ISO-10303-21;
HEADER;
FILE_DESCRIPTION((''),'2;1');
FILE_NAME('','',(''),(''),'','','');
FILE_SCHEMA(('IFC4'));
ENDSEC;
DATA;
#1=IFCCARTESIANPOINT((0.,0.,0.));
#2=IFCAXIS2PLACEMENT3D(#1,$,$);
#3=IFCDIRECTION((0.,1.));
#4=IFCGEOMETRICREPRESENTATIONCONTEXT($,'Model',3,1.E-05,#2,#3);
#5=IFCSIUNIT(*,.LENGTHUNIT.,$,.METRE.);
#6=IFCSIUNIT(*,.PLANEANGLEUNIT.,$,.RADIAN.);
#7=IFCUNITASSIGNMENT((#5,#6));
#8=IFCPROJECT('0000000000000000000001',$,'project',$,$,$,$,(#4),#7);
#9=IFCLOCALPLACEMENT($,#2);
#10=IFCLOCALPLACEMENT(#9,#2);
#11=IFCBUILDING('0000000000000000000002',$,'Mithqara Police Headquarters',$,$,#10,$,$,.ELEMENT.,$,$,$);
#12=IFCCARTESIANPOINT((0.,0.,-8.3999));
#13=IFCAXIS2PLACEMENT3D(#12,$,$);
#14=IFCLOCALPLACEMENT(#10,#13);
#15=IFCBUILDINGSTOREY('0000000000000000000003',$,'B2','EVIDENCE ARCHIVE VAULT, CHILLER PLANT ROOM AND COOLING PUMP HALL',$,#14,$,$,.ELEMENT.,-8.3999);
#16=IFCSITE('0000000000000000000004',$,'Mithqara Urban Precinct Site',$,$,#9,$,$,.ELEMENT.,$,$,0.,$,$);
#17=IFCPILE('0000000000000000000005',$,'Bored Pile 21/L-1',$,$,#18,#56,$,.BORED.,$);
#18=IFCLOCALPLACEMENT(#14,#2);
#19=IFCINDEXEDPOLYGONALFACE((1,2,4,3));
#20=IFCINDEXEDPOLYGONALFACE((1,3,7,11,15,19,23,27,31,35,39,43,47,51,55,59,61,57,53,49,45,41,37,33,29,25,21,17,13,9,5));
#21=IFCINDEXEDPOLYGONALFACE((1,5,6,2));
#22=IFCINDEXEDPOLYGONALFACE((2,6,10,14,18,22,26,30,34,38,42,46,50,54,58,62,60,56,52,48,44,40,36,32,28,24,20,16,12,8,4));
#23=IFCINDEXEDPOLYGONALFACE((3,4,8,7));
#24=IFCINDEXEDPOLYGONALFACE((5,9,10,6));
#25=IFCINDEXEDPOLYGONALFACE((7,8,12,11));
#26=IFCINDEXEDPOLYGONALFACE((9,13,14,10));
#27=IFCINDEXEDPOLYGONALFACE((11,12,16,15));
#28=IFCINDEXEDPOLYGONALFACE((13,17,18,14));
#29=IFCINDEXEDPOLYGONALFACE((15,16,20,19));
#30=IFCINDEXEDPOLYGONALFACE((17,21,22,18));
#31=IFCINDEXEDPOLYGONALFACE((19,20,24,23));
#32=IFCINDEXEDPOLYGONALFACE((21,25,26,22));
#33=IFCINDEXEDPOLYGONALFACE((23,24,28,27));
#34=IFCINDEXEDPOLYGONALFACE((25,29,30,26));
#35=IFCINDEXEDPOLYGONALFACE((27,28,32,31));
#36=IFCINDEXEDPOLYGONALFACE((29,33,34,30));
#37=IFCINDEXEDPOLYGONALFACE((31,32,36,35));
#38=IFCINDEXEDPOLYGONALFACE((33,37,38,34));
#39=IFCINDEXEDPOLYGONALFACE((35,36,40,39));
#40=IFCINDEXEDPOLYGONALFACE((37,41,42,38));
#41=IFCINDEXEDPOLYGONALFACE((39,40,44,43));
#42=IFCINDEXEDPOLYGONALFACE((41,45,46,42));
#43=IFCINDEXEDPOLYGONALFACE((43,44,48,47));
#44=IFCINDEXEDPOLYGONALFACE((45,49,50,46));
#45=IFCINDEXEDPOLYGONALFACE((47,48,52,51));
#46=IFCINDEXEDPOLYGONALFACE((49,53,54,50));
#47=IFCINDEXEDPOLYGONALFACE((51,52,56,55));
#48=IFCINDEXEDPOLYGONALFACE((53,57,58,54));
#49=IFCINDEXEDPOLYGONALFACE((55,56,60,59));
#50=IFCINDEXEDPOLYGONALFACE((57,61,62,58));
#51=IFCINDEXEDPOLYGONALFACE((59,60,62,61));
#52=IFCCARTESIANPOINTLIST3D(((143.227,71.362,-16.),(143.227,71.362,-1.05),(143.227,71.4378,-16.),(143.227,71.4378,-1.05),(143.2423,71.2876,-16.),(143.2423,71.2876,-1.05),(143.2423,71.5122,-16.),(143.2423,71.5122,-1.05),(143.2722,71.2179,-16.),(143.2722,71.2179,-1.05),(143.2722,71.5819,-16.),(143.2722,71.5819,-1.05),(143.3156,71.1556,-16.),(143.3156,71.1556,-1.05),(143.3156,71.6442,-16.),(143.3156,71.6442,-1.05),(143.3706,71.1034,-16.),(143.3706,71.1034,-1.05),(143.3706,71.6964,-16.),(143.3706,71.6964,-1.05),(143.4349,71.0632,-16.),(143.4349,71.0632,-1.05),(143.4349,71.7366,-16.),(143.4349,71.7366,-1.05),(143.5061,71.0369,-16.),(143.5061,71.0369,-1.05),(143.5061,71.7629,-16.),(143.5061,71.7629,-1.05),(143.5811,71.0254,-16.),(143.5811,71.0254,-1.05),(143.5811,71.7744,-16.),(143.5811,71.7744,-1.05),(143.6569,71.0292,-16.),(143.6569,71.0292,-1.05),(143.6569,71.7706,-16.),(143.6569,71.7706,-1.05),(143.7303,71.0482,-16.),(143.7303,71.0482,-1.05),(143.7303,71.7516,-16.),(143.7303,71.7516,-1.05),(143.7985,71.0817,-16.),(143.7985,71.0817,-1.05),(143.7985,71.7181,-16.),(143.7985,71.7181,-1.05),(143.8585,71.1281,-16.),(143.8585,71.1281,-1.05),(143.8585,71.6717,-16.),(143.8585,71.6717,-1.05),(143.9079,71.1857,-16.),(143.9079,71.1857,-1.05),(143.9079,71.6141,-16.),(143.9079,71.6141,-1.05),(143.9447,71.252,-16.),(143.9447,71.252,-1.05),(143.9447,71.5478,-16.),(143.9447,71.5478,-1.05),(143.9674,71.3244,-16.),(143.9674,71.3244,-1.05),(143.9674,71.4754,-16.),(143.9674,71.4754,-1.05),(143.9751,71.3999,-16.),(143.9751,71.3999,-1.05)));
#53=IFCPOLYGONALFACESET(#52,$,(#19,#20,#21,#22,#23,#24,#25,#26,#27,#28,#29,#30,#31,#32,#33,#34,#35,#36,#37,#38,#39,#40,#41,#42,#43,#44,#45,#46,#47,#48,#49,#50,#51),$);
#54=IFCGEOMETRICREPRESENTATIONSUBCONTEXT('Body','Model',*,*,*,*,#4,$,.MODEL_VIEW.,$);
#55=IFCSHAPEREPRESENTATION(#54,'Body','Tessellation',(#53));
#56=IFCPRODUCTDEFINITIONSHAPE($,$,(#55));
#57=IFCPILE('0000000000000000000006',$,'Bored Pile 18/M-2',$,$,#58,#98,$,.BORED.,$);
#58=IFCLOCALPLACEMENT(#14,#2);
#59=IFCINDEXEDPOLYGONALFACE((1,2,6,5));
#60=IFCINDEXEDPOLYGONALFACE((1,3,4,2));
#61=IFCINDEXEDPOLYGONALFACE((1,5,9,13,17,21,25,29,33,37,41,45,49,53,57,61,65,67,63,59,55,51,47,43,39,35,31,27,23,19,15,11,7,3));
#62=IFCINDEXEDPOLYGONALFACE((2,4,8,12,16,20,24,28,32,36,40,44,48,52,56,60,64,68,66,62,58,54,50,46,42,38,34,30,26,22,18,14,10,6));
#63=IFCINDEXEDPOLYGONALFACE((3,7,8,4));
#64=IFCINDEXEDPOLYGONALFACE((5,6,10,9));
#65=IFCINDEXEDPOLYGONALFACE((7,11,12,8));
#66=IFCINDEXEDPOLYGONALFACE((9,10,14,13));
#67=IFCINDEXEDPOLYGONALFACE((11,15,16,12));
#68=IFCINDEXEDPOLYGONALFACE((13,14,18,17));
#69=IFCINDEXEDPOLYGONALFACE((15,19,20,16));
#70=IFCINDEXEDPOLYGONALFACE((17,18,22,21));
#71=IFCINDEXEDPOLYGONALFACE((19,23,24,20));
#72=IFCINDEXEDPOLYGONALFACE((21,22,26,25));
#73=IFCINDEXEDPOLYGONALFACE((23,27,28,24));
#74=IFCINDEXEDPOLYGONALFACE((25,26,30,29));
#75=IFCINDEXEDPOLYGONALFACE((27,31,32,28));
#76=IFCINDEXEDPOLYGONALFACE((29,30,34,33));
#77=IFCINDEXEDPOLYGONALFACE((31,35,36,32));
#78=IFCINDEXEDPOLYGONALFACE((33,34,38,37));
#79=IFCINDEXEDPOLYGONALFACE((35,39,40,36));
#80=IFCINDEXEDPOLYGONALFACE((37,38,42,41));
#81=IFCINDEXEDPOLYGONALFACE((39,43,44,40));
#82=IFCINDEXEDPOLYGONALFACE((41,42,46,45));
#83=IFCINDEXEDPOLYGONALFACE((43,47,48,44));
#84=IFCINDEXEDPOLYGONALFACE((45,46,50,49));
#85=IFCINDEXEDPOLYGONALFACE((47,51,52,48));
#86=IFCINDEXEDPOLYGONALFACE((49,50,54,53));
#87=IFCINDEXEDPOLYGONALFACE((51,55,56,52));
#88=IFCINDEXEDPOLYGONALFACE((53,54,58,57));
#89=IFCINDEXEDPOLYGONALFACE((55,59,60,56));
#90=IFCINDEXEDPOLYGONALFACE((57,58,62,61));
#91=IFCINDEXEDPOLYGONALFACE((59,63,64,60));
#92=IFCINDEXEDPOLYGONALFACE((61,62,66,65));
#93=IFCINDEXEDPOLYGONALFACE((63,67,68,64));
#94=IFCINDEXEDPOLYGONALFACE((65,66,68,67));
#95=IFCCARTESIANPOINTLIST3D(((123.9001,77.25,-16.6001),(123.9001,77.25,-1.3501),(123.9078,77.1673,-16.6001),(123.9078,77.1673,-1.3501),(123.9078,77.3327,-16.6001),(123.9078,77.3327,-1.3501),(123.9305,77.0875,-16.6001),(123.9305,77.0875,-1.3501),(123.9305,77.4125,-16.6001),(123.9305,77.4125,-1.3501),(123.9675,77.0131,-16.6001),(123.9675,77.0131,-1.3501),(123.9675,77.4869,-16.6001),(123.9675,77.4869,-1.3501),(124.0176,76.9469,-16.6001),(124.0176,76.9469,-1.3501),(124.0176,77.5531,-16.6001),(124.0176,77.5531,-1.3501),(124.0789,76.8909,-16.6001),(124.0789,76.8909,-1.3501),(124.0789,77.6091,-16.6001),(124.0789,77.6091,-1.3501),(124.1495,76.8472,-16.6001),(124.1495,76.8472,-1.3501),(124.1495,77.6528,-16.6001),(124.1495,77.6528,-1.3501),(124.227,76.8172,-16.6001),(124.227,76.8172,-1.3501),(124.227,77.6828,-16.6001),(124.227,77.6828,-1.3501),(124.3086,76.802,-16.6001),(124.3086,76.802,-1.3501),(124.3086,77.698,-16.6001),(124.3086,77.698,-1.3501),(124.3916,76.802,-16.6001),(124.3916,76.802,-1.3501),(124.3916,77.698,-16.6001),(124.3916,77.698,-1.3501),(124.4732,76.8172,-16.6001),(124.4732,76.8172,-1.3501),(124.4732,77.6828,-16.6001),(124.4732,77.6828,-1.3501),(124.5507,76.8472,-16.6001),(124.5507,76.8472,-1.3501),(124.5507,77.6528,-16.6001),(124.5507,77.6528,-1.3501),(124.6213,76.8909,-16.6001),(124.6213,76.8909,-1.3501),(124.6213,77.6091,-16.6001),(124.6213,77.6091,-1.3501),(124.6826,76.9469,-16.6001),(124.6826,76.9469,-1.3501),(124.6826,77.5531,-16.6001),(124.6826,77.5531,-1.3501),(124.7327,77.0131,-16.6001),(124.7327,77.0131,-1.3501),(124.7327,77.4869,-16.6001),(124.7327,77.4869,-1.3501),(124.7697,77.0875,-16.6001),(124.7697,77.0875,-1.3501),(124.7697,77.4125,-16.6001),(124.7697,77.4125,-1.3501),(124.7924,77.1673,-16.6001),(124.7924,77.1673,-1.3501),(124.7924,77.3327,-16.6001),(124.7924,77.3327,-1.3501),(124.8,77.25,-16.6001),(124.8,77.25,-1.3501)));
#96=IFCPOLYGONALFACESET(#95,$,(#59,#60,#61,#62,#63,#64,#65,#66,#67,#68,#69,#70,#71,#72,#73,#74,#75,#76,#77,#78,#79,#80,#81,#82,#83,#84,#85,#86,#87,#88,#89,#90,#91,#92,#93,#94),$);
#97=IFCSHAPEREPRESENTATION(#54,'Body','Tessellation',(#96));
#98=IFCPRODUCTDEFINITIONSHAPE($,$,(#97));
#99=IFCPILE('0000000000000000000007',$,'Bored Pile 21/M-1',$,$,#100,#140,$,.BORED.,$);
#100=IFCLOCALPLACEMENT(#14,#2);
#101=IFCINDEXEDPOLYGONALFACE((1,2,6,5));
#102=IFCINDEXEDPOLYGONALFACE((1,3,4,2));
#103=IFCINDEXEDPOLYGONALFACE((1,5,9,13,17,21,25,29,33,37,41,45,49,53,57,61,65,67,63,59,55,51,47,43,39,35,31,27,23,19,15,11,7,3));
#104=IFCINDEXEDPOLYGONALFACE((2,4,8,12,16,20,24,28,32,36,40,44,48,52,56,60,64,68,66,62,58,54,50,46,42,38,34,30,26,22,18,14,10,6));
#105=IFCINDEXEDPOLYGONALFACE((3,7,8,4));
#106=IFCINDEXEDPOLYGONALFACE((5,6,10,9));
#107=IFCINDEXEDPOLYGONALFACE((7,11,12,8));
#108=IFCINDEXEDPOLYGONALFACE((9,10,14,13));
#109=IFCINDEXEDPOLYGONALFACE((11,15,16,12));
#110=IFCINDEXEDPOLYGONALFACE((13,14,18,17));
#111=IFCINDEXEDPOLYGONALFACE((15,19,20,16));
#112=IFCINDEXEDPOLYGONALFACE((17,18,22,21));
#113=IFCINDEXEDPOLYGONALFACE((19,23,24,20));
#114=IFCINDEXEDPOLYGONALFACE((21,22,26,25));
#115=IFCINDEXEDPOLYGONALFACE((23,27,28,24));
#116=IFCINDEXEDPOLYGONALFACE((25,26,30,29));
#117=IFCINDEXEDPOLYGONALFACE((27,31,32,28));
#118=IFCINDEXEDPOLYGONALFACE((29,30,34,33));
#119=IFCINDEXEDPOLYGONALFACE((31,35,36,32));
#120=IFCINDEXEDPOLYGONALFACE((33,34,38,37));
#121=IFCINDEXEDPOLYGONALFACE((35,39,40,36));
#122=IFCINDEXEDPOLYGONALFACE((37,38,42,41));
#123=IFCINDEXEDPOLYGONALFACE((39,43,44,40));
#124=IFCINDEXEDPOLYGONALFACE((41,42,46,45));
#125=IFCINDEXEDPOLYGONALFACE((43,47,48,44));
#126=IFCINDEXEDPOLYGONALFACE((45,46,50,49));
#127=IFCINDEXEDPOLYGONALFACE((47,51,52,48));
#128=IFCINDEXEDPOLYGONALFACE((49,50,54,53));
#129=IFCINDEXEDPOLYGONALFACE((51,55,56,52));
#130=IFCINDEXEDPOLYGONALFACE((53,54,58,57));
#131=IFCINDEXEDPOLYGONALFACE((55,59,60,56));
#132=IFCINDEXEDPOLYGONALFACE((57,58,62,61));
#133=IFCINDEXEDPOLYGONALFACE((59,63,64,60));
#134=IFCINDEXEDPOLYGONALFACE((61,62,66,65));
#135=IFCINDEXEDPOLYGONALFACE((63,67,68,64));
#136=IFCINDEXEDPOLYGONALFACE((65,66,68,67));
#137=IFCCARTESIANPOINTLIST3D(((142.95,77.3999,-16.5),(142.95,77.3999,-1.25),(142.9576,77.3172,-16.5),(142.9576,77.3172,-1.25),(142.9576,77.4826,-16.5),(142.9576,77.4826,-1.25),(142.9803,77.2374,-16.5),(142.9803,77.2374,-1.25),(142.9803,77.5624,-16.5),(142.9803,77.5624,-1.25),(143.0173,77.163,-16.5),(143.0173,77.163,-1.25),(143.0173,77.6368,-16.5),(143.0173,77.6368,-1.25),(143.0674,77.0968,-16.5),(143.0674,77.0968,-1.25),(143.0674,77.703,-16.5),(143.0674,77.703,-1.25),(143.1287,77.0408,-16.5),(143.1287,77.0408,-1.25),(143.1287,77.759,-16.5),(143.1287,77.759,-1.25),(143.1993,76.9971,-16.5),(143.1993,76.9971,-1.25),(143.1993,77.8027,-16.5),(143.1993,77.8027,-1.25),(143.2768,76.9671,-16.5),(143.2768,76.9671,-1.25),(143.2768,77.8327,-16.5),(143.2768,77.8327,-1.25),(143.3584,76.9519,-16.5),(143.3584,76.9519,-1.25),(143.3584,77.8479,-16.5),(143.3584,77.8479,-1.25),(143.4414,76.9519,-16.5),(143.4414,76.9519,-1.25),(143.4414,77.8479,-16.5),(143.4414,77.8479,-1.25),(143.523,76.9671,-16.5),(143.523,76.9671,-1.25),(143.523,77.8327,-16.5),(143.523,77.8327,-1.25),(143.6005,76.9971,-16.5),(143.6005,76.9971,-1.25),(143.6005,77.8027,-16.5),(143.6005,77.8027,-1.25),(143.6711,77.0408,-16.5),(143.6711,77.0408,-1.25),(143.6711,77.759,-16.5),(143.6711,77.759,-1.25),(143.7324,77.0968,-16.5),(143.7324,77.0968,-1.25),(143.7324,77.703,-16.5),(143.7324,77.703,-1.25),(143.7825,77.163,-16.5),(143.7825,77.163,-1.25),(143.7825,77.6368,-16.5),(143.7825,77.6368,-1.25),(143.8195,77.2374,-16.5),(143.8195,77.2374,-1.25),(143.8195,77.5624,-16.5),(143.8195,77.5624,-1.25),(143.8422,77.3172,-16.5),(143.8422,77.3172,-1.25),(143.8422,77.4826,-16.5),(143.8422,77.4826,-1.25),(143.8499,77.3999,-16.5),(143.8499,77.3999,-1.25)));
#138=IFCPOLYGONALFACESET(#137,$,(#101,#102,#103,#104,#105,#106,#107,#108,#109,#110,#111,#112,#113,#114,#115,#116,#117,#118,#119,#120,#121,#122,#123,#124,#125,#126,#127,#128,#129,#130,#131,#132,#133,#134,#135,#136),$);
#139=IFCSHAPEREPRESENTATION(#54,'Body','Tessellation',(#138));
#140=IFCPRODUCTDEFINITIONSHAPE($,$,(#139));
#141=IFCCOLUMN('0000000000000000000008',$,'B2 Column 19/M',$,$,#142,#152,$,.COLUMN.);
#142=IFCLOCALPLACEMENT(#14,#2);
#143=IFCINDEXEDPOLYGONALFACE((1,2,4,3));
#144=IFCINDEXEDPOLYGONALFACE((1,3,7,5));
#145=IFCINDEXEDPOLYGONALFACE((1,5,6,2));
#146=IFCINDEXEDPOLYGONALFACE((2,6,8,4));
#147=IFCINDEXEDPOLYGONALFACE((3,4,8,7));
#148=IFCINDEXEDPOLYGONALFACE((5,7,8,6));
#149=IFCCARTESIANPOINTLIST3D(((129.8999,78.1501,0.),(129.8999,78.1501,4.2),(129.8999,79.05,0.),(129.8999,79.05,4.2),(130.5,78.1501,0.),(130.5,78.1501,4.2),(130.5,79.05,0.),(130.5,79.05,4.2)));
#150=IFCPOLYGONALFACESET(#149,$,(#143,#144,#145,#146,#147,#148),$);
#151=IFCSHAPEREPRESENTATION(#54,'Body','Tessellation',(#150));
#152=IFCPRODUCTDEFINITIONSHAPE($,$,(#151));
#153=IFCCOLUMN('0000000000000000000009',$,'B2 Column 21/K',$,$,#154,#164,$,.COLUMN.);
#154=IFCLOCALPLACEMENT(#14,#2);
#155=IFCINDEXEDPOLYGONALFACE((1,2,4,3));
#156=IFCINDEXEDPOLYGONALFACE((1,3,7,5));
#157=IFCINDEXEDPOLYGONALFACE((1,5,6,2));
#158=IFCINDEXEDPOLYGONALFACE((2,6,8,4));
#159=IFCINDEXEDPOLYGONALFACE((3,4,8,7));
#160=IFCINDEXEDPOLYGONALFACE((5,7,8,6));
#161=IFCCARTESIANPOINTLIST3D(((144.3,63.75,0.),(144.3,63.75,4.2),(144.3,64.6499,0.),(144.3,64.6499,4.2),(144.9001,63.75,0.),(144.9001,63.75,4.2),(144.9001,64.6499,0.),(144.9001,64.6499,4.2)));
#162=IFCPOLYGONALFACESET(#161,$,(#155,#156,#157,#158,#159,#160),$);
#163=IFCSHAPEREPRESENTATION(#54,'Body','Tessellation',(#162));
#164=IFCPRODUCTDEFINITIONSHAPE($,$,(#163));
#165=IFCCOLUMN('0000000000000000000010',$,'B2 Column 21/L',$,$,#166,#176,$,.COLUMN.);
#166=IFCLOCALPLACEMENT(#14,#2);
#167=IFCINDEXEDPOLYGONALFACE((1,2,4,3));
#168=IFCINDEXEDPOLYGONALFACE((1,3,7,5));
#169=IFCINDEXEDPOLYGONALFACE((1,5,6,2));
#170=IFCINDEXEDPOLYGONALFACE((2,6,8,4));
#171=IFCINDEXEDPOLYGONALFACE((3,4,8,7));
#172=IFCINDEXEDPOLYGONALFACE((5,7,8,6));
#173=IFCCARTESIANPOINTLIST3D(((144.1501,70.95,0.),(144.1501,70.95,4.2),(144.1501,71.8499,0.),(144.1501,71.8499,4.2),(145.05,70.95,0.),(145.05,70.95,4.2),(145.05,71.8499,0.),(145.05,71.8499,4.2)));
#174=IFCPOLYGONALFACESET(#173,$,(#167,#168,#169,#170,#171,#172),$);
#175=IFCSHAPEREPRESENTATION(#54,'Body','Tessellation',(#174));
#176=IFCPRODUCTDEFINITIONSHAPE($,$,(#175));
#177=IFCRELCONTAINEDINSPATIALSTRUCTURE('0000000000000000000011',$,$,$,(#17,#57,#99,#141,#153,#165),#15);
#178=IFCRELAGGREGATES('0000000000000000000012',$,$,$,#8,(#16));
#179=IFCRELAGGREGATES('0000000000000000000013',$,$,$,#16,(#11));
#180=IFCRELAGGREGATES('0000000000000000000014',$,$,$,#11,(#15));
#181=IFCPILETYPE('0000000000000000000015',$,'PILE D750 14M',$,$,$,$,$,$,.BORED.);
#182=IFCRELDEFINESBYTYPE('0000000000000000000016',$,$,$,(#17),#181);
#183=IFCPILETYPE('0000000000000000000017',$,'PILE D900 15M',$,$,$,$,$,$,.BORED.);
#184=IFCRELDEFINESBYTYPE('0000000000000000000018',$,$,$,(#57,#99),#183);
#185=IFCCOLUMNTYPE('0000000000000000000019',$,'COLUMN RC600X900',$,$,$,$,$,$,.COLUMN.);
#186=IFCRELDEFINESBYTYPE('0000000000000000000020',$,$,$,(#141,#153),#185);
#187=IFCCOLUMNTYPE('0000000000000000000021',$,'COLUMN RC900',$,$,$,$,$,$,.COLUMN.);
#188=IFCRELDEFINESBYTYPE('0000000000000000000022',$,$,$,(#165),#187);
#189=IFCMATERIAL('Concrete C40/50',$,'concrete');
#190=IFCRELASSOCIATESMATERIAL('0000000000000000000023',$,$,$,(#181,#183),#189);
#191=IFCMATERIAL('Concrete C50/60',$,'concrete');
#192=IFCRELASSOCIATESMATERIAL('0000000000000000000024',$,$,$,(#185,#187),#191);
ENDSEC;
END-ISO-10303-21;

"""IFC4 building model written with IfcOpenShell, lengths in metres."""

from ifc_helpers import new_model, si_unit, direction, frame, origin, origin_2d, place, context, subcontext, project, spatial, rectangle, circle, extrude, material, material_profile, profile_set, type_object, element, save


model = new_model("IFC4")

# Units and contexts
model_context = context("Model", 3, precision=1e-05, world=origin(), true_north=direction((0.0, 1.0)))
body_context = subcontext(model_context, "Body", "Model", "MODEL_VIEW")
ifc_project = project(units=[si_unit("LENGTHUNIT", "METRE"), si_unit("PLANEANGLEUNIT", "RADIAN")], contexts=[model_context])

# Site, building, storey
site_placement = place(None, origin())
site = spatial("IfcSite", under=ifc_project, at=site_placement, Name="Mithqara Urban Precinct Site", CompositionType="ELEMENT", RefElevation=0.0)
building_placement = place(site_placement, origin())
building = spatial("IfcBuilding", under=site, at=building_placement, Name="Mithqara Police Headquarters", CompositionType="ELEMENT")
storey_placement = place(building_placement, frame((0.0, 0.0, -8.3999)))
storey = spatial("IfcBuildingStorey", under=building, at=storey_placement, Name="B2", Description="EVIDENCE ARCHIVE VAULT, CHILLER PLANT ROOM AND COOLING PUMP HALL", CompositionType="ELEMENT", Elevation=-8.3999)

# Shared definitions
ifc_material_1 = material(Name="Concrete C40/50", Category="concrete")

# Piles
ifc_material_profile_1 = material_profile(ifc_material_1, circle(Radius=0.375, at=origin_2d()), Name="PILE D750")
ifc_profile_set_1 = profile_set([ifc_material_profile_1], Name="Concrete C40/50")
pile_type_1 = type_object("IfcPileType", Name="PILE D750 14M", PredefinedType="BORED", material=ifc_profile_set_1)
for number, where, z_axis, x_axis, name in (
    (1, (143.6001, 71.3999, -1.05), (0.0, 0.0, -1.0), (1.0, 0.0, 0.0), "Bored Pile 21/L-1"),
):
    element("IfcPile", number, at=place(storey_placement, frame(where, z_axis=z_axis, x_axis=x_axis)), inside=storey, type_object=pile_type_1, Name=name, PredefinedType="BORED", context=body_context, shape_type="SweptSolid", body=[
        extrude(circle(Radius=0.375, at=origin_2d()), origin(), (0.0, 0.0, 1.0), 14.95),
    ])
ifc_material_profile_2 = material_profile(ifc_material_1, circle(Radius=0.45, at=origin_2d()), Name="PILE D900")
ifc_profile_set_2 = profile_set([ifc_material_profile_2], Name="Concrete C40/50")
pile_type_2 = type_object("IfcPileType", Name="PILE D900 15M", PredefinedType="BORED", material=ifc_profile_set_2)
for number, where, z_axis, x_axis, name in (
    (2, (124.3501, 77.25, -1.3501), (0.0, 0.0, -1.0), (1.0, 0.0, 0.0), "Bored Pile 18/M-2"),
    (3, (143.3999, 77.3999, -1.25), (0.0, 0.0, -1.0), (1.0, 0.0, 0.0), "Bored Pile 21/M-1"),
):
    element("IfcPile", number, at=place(storey_placement, frame(where, z_axis=z_axis, x_axis=x_axis)), inside=storey, type_object=pile_type_2, Name=name, PredefinedType="BORED", context=body_context, shape_type="SweptSolid", body=[
        extrude(circle(Radius=0.45, at=origin_2d()), origin(), (0.0, 0.0, 1.0), 15.25),
    ])

# Columns
ifc_material_2 = material(Name="Concrete C50/60", Category="concrete")
ifc_material_profile_3 = material_profile(ifc_material_2, rectangle(XDim=0.6001, YDim=0.8999, at=origin_2d()), Name="RC 600x900")
ifc_profile_set_3 = profile_set([ifc_material_profile_3], Name="Concrete C50/60")
column_type_1 = type_object("IfcColumnType", Name="COLUMN RC600X900", PredefinedType="COLUMN", material=ifc_profile_set_3)
for number, where, z_axis, x_axis, name in (
    (4, (130.2, 78.6001, 0.0), (0.0, 0.0, 1.0), (1.0, 0.0, 0.0), "B2 Column 19/M"),
    (5, (144.6001, 64.2, 0.0), (0.0, 0.0, 1.0), (1.0, 0.0, 0.0), "B2 Column 21/K"),
):
    element("IfcColumn", number, at=place(storey_placement, frame(where, z_axis=z_axis, x_axis=x_axis)), inside=storey, type_object=column_type_1, Name=name, PredefinedType="COLUMN", context=body_context, shape_type="SweptSolid", body=[
        extrude(rectangle(XDim=0.6001, YDim=0.8999, at=origin_2d()), origin(), (0.0, 0.0, 1.0), 4.2),
    ])
ifc_material_profile_4 = material_profile(ifc_material_2, rectangle(XDim=0.8999, YDim=0.8999, at=origin_2d()), Name="RC 900x900")
ifc_profile_set_4 = profile_set([ifc_material_profile_4], Name="Concrete C50/60")
column_type_2 = type_object("IfcColumnType", Name="COLUMN RC900", PredefinedType="COLUMN", material=ifc_profile_set_4)
column_placement = place(storey_placement, frame((144.6001, 71.3999, 0.0), z_axis=(0.0, 0.0, 1.0), x_axis=(1.0, 0.0, 0.0)))
element("IfcColumn", 6, at=column_placement, inside=storey, type_object=column_type_2, Name="B2 Column 21/L", PredefinedType="COLUMN", context=body_context, shape_type="SweptSolid", body=[
    extrude(rectangle(XDim=0.8999, YDim=0.8999, at=origin_2d()), origin(), (0.0, 0.0, 1.0), 4.2),
])

save(model, "model.ifc")
